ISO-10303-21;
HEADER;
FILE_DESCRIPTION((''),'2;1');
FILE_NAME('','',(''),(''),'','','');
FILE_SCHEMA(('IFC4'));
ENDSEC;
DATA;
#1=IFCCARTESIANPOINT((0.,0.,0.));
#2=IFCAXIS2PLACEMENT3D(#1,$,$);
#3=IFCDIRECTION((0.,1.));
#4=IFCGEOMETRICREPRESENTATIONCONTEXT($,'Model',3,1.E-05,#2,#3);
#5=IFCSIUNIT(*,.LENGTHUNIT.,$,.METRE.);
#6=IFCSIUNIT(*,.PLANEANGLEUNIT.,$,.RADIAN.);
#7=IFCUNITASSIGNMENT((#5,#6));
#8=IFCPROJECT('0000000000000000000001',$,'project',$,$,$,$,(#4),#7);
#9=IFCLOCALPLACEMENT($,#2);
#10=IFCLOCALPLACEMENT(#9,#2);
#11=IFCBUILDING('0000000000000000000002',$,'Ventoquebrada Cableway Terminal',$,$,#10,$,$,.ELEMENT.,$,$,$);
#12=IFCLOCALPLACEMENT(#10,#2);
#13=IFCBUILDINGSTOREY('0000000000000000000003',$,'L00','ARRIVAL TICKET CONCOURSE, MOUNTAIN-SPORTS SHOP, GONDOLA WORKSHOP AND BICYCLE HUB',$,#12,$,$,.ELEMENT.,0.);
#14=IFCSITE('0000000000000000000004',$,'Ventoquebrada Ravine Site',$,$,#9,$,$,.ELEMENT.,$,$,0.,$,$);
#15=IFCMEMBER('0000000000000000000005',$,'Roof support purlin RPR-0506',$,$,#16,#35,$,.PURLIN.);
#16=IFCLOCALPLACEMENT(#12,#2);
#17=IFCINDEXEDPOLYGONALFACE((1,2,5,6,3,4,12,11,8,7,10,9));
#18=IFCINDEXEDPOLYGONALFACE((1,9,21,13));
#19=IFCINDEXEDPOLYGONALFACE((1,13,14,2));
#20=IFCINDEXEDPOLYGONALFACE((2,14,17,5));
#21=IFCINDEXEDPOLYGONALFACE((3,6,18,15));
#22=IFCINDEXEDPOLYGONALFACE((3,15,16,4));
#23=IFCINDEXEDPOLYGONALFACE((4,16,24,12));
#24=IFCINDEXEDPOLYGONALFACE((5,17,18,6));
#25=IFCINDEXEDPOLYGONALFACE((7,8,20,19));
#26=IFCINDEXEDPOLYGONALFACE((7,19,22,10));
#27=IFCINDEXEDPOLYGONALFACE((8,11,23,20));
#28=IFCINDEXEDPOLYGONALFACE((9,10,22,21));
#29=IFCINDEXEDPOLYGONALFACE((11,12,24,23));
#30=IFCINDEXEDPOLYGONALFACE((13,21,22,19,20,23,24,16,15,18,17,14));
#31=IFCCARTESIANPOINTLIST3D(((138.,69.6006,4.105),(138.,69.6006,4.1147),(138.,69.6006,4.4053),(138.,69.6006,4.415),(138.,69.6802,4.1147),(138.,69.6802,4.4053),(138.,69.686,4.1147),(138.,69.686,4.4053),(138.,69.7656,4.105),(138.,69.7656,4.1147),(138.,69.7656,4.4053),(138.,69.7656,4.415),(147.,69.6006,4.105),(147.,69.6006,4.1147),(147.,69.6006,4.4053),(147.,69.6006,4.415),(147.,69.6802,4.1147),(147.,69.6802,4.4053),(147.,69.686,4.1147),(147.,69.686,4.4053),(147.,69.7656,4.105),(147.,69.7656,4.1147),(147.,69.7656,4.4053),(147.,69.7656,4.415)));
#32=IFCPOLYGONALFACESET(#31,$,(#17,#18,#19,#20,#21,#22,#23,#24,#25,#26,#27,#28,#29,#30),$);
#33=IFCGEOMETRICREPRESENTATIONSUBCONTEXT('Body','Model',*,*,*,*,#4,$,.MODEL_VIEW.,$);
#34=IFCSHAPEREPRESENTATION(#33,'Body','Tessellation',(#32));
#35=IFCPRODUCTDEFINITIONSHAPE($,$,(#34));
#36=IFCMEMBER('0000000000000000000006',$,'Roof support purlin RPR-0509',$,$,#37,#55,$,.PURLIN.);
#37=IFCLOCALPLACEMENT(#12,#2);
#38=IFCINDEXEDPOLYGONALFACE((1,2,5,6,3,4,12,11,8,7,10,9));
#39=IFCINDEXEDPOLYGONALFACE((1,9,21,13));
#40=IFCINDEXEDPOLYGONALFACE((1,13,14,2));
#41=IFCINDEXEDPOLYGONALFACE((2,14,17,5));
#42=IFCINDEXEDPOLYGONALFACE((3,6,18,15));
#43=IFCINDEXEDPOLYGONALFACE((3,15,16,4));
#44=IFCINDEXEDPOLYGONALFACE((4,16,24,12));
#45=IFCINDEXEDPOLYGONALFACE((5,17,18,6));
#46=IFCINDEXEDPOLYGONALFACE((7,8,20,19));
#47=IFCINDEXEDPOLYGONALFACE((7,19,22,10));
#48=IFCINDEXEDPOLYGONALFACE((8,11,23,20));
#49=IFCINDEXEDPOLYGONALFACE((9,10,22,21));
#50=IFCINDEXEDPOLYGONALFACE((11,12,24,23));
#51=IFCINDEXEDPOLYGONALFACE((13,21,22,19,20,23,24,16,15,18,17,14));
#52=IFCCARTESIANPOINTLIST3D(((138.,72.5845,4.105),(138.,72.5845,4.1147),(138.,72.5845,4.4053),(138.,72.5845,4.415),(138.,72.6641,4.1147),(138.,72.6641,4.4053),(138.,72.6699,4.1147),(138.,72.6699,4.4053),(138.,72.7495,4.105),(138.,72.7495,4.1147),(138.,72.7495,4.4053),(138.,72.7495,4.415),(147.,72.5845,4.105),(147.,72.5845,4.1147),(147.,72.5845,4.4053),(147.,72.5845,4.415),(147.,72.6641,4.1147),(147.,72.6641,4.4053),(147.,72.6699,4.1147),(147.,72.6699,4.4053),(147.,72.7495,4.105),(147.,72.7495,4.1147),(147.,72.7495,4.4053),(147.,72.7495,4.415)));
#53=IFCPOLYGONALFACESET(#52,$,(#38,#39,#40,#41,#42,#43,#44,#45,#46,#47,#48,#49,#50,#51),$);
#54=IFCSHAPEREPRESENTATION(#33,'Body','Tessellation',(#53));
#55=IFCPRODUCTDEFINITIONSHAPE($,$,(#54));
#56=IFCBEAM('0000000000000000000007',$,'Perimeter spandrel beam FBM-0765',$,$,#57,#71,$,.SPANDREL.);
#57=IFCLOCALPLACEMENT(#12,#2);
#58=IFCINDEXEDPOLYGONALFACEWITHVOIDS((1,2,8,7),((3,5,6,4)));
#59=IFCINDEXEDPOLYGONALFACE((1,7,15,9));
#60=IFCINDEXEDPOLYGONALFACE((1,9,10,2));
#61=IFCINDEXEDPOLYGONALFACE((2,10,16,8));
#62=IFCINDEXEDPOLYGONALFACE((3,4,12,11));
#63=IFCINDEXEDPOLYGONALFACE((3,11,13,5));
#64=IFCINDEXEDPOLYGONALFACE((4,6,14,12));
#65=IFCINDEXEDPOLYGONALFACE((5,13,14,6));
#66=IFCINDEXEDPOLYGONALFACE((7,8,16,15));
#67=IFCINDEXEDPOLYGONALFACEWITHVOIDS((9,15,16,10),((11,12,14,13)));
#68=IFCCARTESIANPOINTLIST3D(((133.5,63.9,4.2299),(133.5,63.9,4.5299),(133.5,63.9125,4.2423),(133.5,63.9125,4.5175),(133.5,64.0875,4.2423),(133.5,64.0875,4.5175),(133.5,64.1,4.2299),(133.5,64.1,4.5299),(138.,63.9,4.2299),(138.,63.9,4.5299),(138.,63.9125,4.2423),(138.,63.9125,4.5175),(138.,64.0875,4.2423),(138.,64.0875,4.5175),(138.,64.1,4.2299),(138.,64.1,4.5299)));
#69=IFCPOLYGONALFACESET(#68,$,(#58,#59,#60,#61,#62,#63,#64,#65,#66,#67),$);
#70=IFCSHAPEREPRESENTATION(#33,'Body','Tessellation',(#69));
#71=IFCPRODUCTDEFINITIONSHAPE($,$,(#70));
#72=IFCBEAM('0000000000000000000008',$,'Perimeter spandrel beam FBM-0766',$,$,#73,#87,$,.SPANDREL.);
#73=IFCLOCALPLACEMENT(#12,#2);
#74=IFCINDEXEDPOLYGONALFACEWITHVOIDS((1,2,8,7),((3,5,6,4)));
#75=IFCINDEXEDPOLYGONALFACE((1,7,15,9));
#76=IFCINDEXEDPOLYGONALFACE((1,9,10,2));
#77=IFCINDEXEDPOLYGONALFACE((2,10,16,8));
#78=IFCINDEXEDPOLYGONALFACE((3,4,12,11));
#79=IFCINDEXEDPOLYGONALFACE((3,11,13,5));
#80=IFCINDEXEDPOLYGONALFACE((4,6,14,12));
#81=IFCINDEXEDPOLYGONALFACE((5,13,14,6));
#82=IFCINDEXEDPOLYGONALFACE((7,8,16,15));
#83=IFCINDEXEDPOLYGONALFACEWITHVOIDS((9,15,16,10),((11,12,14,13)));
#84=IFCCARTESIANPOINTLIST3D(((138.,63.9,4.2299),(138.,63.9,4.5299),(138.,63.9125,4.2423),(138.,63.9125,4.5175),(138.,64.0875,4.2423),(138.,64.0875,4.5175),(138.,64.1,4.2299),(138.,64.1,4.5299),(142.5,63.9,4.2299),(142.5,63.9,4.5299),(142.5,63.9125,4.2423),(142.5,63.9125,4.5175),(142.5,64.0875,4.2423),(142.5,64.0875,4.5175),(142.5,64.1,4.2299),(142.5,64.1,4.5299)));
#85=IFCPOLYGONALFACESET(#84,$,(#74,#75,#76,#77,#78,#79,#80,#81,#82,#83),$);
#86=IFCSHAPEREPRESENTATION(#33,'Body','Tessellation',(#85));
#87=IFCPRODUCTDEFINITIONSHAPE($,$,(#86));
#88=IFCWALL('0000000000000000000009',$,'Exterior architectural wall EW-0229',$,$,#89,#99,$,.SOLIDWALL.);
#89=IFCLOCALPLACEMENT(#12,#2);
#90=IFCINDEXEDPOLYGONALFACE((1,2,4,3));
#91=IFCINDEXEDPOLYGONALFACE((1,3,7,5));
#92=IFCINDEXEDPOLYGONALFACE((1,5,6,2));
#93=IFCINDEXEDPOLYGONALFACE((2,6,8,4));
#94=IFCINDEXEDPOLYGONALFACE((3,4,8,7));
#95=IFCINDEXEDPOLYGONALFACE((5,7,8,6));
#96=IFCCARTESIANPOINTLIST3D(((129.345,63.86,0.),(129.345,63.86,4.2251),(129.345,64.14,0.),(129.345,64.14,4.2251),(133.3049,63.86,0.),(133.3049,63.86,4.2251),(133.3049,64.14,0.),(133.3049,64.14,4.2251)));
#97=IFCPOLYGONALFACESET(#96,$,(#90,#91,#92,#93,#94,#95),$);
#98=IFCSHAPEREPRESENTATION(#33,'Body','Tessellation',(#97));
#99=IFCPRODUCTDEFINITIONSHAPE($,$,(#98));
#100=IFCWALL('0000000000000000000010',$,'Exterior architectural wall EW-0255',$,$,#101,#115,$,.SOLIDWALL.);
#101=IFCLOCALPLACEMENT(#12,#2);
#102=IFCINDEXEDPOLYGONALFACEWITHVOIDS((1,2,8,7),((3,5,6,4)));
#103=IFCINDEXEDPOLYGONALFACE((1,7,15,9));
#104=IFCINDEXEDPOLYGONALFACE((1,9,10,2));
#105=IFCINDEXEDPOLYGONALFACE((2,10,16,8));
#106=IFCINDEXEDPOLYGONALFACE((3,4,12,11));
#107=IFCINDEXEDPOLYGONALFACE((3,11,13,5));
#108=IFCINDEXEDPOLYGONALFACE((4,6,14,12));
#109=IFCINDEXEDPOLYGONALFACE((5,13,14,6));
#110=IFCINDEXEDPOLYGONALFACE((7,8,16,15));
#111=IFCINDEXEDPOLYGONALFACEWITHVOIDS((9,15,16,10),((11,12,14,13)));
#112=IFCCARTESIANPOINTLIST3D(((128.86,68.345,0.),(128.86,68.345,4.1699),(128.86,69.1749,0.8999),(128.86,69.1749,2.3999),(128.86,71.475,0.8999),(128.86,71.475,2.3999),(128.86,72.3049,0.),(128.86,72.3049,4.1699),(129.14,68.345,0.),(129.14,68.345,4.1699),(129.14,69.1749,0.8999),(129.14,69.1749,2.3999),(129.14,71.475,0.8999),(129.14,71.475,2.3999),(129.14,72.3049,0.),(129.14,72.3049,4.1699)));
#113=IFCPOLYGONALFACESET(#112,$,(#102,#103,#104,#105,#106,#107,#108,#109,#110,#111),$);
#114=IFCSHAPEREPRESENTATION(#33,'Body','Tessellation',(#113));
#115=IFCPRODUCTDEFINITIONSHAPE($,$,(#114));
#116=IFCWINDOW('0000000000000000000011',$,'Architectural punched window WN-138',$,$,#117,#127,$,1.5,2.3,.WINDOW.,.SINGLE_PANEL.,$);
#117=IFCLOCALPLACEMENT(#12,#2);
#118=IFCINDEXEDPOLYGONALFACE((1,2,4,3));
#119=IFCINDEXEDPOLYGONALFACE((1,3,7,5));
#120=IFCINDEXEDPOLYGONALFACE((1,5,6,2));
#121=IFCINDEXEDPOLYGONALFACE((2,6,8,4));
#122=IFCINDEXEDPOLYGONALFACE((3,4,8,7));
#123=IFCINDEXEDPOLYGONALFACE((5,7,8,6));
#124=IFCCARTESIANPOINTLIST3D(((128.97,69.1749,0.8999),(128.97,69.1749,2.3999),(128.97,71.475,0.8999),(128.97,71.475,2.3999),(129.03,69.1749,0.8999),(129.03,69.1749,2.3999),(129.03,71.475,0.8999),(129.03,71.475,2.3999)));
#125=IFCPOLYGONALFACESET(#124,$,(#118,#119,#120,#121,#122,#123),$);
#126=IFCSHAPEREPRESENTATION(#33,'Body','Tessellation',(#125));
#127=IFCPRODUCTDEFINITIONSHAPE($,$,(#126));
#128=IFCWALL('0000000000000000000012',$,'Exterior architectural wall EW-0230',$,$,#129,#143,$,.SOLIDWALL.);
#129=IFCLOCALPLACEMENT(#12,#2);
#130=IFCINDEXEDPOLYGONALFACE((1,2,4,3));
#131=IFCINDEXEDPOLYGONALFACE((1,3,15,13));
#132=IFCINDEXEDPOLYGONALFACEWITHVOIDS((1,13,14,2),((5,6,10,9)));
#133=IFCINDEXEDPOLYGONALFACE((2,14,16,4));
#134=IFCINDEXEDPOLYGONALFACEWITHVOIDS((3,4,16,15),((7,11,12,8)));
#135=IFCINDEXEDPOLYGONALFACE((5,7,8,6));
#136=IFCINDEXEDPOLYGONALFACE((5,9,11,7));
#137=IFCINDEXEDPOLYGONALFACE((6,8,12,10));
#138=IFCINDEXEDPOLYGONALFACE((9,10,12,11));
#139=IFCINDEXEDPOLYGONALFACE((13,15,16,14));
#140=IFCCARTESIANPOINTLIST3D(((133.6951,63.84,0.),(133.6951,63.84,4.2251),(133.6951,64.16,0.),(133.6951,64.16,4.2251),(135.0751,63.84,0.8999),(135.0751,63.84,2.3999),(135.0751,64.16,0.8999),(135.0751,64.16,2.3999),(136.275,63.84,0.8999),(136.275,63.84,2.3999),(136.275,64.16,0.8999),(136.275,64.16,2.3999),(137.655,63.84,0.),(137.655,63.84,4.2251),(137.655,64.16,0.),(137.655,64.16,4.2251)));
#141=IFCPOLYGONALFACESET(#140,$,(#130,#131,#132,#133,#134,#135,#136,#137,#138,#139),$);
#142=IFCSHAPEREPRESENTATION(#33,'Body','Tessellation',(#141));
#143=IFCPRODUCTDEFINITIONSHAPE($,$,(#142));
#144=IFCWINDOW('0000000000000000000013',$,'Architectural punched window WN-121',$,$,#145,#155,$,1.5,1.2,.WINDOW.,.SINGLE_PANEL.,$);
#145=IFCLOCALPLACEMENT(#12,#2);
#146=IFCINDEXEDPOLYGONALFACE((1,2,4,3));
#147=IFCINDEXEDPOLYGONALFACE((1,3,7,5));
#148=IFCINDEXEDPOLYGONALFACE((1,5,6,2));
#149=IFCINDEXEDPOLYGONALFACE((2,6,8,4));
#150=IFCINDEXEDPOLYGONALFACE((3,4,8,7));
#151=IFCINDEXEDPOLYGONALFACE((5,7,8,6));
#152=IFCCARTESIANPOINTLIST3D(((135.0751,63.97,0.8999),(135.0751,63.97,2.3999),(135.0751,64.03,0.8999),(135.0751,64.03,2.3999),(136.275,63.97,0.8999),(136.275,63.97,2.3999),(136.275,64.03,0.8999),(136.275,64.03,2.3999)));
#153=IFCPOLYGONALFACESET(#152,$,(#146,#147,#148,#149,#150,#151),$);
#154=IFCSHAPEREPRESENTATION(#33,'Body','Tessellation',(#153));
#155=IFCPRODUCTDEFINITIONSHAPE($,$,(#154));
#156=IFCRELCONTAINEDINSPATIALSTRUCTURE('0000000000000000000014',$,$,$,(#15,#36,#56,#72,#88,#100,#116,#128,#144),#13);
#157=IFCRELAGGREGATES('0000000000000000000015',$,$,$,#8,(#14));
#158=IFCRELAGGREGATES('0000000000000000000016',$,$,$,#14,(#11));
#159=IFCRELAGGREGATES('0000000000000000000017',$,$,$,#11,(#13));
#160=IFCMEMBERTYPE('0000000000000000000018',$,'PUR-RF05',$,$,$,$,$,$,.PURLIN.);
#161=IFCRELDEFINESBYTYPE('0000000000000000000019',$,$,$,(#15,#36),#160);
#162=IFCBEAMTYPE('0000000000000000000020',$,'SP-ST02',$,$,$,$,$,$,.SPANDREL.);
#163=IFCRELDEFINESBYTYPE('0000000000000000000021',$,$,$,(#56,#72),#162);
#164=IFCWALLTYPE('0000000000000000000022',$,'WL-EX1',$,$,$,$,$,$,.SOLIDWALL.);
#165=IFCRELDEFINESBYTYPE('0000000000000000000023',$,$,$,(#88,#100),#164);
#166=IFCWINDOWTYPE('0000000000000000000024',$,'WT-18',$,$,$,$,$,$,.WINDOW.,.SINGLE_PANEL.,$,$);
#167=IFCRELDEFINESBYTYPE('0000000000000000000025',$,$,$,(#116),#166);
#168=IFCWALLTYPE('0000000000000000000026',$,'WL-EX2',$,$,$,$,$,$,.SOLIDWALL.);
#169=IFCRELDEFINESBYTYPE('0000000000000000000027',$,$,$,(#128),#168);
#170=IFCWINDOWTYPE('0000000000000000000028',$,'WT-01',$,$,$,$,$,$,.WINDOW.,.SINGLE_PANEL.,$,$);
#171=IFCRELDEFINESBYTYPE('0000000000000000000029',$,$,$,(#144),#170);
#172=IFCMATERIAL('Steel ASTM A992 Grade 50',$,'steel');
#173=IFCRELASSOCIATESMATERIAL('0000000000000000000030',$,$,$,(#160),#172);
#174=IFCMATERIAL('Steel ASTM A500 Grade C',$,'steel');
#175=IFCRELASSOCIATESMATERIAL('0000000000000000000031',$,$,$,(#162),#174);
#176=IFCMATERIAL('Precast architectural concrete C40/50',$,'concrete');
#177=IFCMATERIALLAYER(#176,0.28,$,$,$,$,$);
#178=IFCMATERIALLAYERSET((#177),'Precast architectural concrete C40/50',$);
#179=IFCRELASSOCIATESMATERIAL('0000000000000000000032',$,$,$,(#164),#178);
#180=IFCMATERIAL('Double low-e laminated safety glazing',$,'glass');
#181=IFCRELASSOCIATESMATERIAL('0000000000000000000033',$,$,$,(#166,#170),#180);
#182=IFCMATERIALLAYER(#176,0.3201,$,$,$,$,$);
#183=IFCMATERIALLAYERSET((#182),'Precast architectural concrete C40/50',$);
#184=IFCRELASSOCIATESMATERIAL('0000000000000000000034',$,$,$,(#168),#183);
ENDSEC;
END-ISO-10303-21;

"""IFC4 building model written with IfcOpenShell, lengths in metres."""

from ifc_helpers import new_model, si_unit, direction, frame, frame_2d, origin, origin_2d, place, context, subcontext, project, spatial, rectangle, hollow_rectangle, i_section, extrude, material, layer, layer_set, material_profile, profile_set, type_object, element, fill, save


model = new_model("IFC4")

# Units and contexts
model_context = context("Model", 3, precision=1e-05, world=origin(), true_north=direction((0.0, 1.0)))
body_context = subcontext(model_context, "Body", "Model", "MODEL_VIEW")
ifc_project = project(units=[si_unit("LENGTHUNIT", "METRE"), si_unit("PLANEANGLEUNIT", "RADIAN")], contexts=[model_context])

# Site, building, storey
site_placement = place(None, origin())
site = spatial("IfcSite", under=ifc_project, at=site_placement, Name="Ventoquebrada Ravine Site", CompositionType="ELEMENT", RefElevation=0.0)
building_placement = place(site_placement, origin())
building = spatial("IfcBuilding", under=site, at=building_placement, Name="Ventoquebrada Cableway Terminal", CompositionType="ELEMENT")
storey_placement = place(building_placement, origin())
storey = spatial("IfcBuildingStorey", under=building, at=storey_placement, Name="L00", Description="ARRIVAL TICKET CONCOURSE, MOUNTAIN-SPORTS SHOP, GONDOLA WORKSHOP AND BICYCLE HUB", CompositionType="ELEMENT", Elevation=0.0)

# Shared definitions
ifc_material_1 = material(Name="Steel ASTM A992 Grade 50", Category="steel")
ifc_material_2 = material(Name="Steel ASTM A500 Grade C", Category="steel")

# Members
ifc_material_profile_1 = material_profile(ifc_material_1, i_section(OverallWidth=0.165, OverallDepth=0.3101, WebThickness=0.0059, FlangeThickness=0.0098, at=origin_2d()), Name="W12X26")
ifc_profile_set_1 = profile_set([ifc_material_profile_1], Name="Steel ASTM A992 Grade 50")
member_type = type_object("IfcMemberType", Name="PUR-RF05", PredefinedType="PURLIN", material=ifc_profile_set_1)
for number, where, z_axis, x_axis, name in (
    (1, (138.0, 69.6831, 4.26), (1.0, 0.0, 0.0), (0.0, 1.0, 0.0), "Roof support purlin RPR-0506"),
    (2, (138.0, 72.667, 4.26), (1.0, 0.0, 0.0), (0.0, 1.0, 0.0), "Roof support purlin RPR-0509"),
):
    element("IfcMember", number, at=place(storey_placement, frame(where, z_axis=z_axis, x_axis=x_axis)), inside=storey, type_object=member_type, Name=name, PredefinedType="PURLIN", context=body_context, shape_type="SweptSolid", body=[
        extrude(i_section(OverallWidth=0.165, OverallDepth=0.3101, WebThickness=0.0059, FlangeThickness=0.0098, at=origin_2d()), origin(), (0.0, 0.0, 1.0), 9.0),
    ])

# Beams
ifc_material_profile_2 = material_profile(ifc_material_2, hollow_rectangle(XDim=0.2, YDim=0.3, WallThickness=0.0125, at=origin_2d()), Name="RHS300X200X12.5")
ifc_profile_set_2 = profile_set([ifc_material_profile_2], Name="Steel ASTM A500 Grade C")
beam_type_1 = type_object("IfcBeamType", Name="SP-ST02", PredefinedType="SPANDREL", material=ifc_profile_set_2)
for number, where, z_axis, x_axis, name in (
    (3, (133.5, 64.0, 4.3799), (1.0, 0.0, 0.0), (0.0, 1.0, 0.0), "Perimeter spandrel beam FBM-0765"),
    (4, (138.0, 64.0, 4.3799), (1.0, 0.0, 0.0), (0.0, 1.0, 0.0), "Perimeter spandrel beam FBM-0766"),
):
    element("IfcBeam", number, at=place(storey_placement, frame(where, z_axis=z_axis, x_axis=x_axis)), inside=storey, type_object=beam_type_1, Name=name, PredefinedType="SPANDREL", context=body_context, shape_type="SweptSolid", body=[
        extrude(hollow_rectangle(XDim=0.2, YDim=0.3, WallThickness=0.0125, at=origin_2d()), origin(), (0.0, 0.0, 1.0), 4.5),
    ])

# Wall
ifc_material_3 = material(Name="Precast architectural concrete C40/50", Category="concrete")
ifc_layer_1 = layer(ifc_material_3, 0.28)
ifc_layer_set_1 = layer_set([ifc_layer_1], Name="Precast architectural concrete C40/50")
wall_type_1 = type_object("IfcWallType", Name="WL-EX1", PredefinedType="SOLIDWALL", material=ifc_layer_set_1)
wall_1_placement = place(storey_placement, frame((129.345, 64.0, 0.0), z_axis=(0.0, 0.0, 1.0), x_axis=(1.0, 0.0, 0.0)))
element("IfcWall", 5, at=wall_1_placement, inside=storey, type_object=wall_type_1, Name="Exterior architectural wall EW-0229", PredefinedType="SOLIDWALL", context=body_context, shape_type="SweptSolid", body=[
    extrude(rectangle(XDim=3.96, YDim=0.28, at=frame_2d((1.98, 0.0))), origin(), (0.0, 0.0, 1.0), 4.2251),
])

# Walls, openings, windows
wall_2_placement = place(storey_placement, frame((129.0, 72.3049, 0.0), z_axis=(0.0, 0.0, 1.0), x_axis=(0.0, -1.0, 0.0)))
wall_2 = element("IfcWall", 6, at=wall_2_placement, inside=storey, type_object=wall_type_1, Name="Exterior architectural wall EW-0255", PredefinedType="SOLIDWALL", context=body_context, shape_type="SweptSolid", body=[
    extrude(rectangle(XDim=3.96, YDim=0.28, at=frame_2d((1.98, 0.0))), origin(), (0.0, 0.0, 1.0), 4.1699),
])
opening_1_placement = place(wall_2_placement, frame((0.8301, 0.0, 0.8999)))
opening_1 = element("IfcOpeningElement", 7, at=opening_1_placement, cuts=wall_2, PredefinedType="OPENING", context=body_context, shape_type="SweptSolid", body=[
    extrude(rectangle(XDim=2.3, YDim=1.5, at=frame_2d((1.1499, 0.75))), frame((0.0, 0.1499, 0.0), z_axis=(0.0, -1.0, 0.0), x_axis=(1.0, 0.0, 0.0)), (0.0, 0.0, 1.0), 0.3),
])
ifc_material_4 = material(Name="Double low-e laminated safety glazing", Category="glass")
window_type_1 = type_object("IfcWindowType", Name="WT-18", PartitioningType="SINGLE_PANEL", PredefinedType="WINDOW", material=ifc_material_4)
window_1_placement = place(opening_1_placement, origin())
window_1 = element("IfcWindow", 8, at=window_1_placement, inside=storey, type_object=window_type_1, Name="Architectural punched window WN-138", OverallHeight=1.5, OverallWidth=2.3, PartitioningType="SINGLE_PANEL", PredefinedType="WINDOW", context=body_context, shape_type="SweptSolid", body=[
    extrude(rectangle(XDim=2.3, YDim=1.5, at=frame_2d((1.1499, 0.75))), frame((0.0, 0.03, 0.0), z_axis=(0.0, -1.0, 0.0), x_axis=(1.0, 0.0, 0.0)), (0.0, 0.0, 1.0), 0.0601),
])
fill(opening_1, window_1)
ifc_layer_2 = layer(ifc_material_3, 0.3201)
ifc_layer_set_2 = layer_set([ifc_layer_2], Name="Precast architectural concrete C40/50")
wall_type_2 = type_object("IfcWallType", Name="WL-EX2", PredefinedType="SOLIDWALL", material=ifc_layer_set_2)
wall_3_placement = place(storey_placement, frame((133.6951, 64.0, 0.0), z_axis=(0.0, 0.0, 1.0), x_axis=(1.0, 0.0, 0.0)))
wall_3 = element("IfcWall", 9, at=wall_3_placement, inside=storey, type_object=wall_type_2, Name="Exterior architectural wall EW-0230", PredefinedType="SOLIDWALL", context=body_context, shape_type="SweptSolid", body=[
    extrude(rectangle(XDim=3.96, YDim=0.3201, at=frame_2d((1.98, 0.0))), origin(), (0.0, 0.0, 1.0), 4.2251),
])
opening_2_placement = place(wall_3_placement, frame((1.3799, 0.0, 0.8999)))
opening_2 = element("IfcOpeningElement", 10, at=opening_2_placement, cuts=wall_3, PredefinedType="OPENING", context=body_context, shape_type="SweptSolid", body=[
    extrude(rectangle(XDim=1.2, YDim=1.5, at=frame_2d((0.6001, 0.75))), frame((0.0, 0.1699, 0.0), z_axis=(0.0, -1.0, 0.0), x_axis=(1.0, 0.0, 0.0)), (0.0, 0.0, 1.0), 0.3401),
])
window_type_2 = type_object("IfcWindowType", Name="WT-01", PartitioningType="SINGLE_PANEL", PredefinedType="WINDOW", material=ifc_material_4)
window_2_placement = place(opening_2_placement, origin())
window_2 = element("IfcWindow", 11, at=window_2_placement, inside=storey, type_object=window_type_2, Name="Architectural punched window WN-121", OverallHeight=1.5, OverallWidth=1.2, PartitioningType="SINGLE_PANEL", PredefinedType="WINDOW", context=body_context, shape_type="SweptSolid", body=[
    extrude(rectangle(XDim=1.2, YDim=1.5, at=frame_2d((0.6001, 0.75))), frame((0.0, 0.03, 0.0), z_axis=(0.0, -1.0, 0.0), x_axis=(1.0, 0.0, 0.0)), (0.0, 0.0, 1.0), 0.0601),
])
fill(opening_2, window_2)

save(model, "model.ifc")
